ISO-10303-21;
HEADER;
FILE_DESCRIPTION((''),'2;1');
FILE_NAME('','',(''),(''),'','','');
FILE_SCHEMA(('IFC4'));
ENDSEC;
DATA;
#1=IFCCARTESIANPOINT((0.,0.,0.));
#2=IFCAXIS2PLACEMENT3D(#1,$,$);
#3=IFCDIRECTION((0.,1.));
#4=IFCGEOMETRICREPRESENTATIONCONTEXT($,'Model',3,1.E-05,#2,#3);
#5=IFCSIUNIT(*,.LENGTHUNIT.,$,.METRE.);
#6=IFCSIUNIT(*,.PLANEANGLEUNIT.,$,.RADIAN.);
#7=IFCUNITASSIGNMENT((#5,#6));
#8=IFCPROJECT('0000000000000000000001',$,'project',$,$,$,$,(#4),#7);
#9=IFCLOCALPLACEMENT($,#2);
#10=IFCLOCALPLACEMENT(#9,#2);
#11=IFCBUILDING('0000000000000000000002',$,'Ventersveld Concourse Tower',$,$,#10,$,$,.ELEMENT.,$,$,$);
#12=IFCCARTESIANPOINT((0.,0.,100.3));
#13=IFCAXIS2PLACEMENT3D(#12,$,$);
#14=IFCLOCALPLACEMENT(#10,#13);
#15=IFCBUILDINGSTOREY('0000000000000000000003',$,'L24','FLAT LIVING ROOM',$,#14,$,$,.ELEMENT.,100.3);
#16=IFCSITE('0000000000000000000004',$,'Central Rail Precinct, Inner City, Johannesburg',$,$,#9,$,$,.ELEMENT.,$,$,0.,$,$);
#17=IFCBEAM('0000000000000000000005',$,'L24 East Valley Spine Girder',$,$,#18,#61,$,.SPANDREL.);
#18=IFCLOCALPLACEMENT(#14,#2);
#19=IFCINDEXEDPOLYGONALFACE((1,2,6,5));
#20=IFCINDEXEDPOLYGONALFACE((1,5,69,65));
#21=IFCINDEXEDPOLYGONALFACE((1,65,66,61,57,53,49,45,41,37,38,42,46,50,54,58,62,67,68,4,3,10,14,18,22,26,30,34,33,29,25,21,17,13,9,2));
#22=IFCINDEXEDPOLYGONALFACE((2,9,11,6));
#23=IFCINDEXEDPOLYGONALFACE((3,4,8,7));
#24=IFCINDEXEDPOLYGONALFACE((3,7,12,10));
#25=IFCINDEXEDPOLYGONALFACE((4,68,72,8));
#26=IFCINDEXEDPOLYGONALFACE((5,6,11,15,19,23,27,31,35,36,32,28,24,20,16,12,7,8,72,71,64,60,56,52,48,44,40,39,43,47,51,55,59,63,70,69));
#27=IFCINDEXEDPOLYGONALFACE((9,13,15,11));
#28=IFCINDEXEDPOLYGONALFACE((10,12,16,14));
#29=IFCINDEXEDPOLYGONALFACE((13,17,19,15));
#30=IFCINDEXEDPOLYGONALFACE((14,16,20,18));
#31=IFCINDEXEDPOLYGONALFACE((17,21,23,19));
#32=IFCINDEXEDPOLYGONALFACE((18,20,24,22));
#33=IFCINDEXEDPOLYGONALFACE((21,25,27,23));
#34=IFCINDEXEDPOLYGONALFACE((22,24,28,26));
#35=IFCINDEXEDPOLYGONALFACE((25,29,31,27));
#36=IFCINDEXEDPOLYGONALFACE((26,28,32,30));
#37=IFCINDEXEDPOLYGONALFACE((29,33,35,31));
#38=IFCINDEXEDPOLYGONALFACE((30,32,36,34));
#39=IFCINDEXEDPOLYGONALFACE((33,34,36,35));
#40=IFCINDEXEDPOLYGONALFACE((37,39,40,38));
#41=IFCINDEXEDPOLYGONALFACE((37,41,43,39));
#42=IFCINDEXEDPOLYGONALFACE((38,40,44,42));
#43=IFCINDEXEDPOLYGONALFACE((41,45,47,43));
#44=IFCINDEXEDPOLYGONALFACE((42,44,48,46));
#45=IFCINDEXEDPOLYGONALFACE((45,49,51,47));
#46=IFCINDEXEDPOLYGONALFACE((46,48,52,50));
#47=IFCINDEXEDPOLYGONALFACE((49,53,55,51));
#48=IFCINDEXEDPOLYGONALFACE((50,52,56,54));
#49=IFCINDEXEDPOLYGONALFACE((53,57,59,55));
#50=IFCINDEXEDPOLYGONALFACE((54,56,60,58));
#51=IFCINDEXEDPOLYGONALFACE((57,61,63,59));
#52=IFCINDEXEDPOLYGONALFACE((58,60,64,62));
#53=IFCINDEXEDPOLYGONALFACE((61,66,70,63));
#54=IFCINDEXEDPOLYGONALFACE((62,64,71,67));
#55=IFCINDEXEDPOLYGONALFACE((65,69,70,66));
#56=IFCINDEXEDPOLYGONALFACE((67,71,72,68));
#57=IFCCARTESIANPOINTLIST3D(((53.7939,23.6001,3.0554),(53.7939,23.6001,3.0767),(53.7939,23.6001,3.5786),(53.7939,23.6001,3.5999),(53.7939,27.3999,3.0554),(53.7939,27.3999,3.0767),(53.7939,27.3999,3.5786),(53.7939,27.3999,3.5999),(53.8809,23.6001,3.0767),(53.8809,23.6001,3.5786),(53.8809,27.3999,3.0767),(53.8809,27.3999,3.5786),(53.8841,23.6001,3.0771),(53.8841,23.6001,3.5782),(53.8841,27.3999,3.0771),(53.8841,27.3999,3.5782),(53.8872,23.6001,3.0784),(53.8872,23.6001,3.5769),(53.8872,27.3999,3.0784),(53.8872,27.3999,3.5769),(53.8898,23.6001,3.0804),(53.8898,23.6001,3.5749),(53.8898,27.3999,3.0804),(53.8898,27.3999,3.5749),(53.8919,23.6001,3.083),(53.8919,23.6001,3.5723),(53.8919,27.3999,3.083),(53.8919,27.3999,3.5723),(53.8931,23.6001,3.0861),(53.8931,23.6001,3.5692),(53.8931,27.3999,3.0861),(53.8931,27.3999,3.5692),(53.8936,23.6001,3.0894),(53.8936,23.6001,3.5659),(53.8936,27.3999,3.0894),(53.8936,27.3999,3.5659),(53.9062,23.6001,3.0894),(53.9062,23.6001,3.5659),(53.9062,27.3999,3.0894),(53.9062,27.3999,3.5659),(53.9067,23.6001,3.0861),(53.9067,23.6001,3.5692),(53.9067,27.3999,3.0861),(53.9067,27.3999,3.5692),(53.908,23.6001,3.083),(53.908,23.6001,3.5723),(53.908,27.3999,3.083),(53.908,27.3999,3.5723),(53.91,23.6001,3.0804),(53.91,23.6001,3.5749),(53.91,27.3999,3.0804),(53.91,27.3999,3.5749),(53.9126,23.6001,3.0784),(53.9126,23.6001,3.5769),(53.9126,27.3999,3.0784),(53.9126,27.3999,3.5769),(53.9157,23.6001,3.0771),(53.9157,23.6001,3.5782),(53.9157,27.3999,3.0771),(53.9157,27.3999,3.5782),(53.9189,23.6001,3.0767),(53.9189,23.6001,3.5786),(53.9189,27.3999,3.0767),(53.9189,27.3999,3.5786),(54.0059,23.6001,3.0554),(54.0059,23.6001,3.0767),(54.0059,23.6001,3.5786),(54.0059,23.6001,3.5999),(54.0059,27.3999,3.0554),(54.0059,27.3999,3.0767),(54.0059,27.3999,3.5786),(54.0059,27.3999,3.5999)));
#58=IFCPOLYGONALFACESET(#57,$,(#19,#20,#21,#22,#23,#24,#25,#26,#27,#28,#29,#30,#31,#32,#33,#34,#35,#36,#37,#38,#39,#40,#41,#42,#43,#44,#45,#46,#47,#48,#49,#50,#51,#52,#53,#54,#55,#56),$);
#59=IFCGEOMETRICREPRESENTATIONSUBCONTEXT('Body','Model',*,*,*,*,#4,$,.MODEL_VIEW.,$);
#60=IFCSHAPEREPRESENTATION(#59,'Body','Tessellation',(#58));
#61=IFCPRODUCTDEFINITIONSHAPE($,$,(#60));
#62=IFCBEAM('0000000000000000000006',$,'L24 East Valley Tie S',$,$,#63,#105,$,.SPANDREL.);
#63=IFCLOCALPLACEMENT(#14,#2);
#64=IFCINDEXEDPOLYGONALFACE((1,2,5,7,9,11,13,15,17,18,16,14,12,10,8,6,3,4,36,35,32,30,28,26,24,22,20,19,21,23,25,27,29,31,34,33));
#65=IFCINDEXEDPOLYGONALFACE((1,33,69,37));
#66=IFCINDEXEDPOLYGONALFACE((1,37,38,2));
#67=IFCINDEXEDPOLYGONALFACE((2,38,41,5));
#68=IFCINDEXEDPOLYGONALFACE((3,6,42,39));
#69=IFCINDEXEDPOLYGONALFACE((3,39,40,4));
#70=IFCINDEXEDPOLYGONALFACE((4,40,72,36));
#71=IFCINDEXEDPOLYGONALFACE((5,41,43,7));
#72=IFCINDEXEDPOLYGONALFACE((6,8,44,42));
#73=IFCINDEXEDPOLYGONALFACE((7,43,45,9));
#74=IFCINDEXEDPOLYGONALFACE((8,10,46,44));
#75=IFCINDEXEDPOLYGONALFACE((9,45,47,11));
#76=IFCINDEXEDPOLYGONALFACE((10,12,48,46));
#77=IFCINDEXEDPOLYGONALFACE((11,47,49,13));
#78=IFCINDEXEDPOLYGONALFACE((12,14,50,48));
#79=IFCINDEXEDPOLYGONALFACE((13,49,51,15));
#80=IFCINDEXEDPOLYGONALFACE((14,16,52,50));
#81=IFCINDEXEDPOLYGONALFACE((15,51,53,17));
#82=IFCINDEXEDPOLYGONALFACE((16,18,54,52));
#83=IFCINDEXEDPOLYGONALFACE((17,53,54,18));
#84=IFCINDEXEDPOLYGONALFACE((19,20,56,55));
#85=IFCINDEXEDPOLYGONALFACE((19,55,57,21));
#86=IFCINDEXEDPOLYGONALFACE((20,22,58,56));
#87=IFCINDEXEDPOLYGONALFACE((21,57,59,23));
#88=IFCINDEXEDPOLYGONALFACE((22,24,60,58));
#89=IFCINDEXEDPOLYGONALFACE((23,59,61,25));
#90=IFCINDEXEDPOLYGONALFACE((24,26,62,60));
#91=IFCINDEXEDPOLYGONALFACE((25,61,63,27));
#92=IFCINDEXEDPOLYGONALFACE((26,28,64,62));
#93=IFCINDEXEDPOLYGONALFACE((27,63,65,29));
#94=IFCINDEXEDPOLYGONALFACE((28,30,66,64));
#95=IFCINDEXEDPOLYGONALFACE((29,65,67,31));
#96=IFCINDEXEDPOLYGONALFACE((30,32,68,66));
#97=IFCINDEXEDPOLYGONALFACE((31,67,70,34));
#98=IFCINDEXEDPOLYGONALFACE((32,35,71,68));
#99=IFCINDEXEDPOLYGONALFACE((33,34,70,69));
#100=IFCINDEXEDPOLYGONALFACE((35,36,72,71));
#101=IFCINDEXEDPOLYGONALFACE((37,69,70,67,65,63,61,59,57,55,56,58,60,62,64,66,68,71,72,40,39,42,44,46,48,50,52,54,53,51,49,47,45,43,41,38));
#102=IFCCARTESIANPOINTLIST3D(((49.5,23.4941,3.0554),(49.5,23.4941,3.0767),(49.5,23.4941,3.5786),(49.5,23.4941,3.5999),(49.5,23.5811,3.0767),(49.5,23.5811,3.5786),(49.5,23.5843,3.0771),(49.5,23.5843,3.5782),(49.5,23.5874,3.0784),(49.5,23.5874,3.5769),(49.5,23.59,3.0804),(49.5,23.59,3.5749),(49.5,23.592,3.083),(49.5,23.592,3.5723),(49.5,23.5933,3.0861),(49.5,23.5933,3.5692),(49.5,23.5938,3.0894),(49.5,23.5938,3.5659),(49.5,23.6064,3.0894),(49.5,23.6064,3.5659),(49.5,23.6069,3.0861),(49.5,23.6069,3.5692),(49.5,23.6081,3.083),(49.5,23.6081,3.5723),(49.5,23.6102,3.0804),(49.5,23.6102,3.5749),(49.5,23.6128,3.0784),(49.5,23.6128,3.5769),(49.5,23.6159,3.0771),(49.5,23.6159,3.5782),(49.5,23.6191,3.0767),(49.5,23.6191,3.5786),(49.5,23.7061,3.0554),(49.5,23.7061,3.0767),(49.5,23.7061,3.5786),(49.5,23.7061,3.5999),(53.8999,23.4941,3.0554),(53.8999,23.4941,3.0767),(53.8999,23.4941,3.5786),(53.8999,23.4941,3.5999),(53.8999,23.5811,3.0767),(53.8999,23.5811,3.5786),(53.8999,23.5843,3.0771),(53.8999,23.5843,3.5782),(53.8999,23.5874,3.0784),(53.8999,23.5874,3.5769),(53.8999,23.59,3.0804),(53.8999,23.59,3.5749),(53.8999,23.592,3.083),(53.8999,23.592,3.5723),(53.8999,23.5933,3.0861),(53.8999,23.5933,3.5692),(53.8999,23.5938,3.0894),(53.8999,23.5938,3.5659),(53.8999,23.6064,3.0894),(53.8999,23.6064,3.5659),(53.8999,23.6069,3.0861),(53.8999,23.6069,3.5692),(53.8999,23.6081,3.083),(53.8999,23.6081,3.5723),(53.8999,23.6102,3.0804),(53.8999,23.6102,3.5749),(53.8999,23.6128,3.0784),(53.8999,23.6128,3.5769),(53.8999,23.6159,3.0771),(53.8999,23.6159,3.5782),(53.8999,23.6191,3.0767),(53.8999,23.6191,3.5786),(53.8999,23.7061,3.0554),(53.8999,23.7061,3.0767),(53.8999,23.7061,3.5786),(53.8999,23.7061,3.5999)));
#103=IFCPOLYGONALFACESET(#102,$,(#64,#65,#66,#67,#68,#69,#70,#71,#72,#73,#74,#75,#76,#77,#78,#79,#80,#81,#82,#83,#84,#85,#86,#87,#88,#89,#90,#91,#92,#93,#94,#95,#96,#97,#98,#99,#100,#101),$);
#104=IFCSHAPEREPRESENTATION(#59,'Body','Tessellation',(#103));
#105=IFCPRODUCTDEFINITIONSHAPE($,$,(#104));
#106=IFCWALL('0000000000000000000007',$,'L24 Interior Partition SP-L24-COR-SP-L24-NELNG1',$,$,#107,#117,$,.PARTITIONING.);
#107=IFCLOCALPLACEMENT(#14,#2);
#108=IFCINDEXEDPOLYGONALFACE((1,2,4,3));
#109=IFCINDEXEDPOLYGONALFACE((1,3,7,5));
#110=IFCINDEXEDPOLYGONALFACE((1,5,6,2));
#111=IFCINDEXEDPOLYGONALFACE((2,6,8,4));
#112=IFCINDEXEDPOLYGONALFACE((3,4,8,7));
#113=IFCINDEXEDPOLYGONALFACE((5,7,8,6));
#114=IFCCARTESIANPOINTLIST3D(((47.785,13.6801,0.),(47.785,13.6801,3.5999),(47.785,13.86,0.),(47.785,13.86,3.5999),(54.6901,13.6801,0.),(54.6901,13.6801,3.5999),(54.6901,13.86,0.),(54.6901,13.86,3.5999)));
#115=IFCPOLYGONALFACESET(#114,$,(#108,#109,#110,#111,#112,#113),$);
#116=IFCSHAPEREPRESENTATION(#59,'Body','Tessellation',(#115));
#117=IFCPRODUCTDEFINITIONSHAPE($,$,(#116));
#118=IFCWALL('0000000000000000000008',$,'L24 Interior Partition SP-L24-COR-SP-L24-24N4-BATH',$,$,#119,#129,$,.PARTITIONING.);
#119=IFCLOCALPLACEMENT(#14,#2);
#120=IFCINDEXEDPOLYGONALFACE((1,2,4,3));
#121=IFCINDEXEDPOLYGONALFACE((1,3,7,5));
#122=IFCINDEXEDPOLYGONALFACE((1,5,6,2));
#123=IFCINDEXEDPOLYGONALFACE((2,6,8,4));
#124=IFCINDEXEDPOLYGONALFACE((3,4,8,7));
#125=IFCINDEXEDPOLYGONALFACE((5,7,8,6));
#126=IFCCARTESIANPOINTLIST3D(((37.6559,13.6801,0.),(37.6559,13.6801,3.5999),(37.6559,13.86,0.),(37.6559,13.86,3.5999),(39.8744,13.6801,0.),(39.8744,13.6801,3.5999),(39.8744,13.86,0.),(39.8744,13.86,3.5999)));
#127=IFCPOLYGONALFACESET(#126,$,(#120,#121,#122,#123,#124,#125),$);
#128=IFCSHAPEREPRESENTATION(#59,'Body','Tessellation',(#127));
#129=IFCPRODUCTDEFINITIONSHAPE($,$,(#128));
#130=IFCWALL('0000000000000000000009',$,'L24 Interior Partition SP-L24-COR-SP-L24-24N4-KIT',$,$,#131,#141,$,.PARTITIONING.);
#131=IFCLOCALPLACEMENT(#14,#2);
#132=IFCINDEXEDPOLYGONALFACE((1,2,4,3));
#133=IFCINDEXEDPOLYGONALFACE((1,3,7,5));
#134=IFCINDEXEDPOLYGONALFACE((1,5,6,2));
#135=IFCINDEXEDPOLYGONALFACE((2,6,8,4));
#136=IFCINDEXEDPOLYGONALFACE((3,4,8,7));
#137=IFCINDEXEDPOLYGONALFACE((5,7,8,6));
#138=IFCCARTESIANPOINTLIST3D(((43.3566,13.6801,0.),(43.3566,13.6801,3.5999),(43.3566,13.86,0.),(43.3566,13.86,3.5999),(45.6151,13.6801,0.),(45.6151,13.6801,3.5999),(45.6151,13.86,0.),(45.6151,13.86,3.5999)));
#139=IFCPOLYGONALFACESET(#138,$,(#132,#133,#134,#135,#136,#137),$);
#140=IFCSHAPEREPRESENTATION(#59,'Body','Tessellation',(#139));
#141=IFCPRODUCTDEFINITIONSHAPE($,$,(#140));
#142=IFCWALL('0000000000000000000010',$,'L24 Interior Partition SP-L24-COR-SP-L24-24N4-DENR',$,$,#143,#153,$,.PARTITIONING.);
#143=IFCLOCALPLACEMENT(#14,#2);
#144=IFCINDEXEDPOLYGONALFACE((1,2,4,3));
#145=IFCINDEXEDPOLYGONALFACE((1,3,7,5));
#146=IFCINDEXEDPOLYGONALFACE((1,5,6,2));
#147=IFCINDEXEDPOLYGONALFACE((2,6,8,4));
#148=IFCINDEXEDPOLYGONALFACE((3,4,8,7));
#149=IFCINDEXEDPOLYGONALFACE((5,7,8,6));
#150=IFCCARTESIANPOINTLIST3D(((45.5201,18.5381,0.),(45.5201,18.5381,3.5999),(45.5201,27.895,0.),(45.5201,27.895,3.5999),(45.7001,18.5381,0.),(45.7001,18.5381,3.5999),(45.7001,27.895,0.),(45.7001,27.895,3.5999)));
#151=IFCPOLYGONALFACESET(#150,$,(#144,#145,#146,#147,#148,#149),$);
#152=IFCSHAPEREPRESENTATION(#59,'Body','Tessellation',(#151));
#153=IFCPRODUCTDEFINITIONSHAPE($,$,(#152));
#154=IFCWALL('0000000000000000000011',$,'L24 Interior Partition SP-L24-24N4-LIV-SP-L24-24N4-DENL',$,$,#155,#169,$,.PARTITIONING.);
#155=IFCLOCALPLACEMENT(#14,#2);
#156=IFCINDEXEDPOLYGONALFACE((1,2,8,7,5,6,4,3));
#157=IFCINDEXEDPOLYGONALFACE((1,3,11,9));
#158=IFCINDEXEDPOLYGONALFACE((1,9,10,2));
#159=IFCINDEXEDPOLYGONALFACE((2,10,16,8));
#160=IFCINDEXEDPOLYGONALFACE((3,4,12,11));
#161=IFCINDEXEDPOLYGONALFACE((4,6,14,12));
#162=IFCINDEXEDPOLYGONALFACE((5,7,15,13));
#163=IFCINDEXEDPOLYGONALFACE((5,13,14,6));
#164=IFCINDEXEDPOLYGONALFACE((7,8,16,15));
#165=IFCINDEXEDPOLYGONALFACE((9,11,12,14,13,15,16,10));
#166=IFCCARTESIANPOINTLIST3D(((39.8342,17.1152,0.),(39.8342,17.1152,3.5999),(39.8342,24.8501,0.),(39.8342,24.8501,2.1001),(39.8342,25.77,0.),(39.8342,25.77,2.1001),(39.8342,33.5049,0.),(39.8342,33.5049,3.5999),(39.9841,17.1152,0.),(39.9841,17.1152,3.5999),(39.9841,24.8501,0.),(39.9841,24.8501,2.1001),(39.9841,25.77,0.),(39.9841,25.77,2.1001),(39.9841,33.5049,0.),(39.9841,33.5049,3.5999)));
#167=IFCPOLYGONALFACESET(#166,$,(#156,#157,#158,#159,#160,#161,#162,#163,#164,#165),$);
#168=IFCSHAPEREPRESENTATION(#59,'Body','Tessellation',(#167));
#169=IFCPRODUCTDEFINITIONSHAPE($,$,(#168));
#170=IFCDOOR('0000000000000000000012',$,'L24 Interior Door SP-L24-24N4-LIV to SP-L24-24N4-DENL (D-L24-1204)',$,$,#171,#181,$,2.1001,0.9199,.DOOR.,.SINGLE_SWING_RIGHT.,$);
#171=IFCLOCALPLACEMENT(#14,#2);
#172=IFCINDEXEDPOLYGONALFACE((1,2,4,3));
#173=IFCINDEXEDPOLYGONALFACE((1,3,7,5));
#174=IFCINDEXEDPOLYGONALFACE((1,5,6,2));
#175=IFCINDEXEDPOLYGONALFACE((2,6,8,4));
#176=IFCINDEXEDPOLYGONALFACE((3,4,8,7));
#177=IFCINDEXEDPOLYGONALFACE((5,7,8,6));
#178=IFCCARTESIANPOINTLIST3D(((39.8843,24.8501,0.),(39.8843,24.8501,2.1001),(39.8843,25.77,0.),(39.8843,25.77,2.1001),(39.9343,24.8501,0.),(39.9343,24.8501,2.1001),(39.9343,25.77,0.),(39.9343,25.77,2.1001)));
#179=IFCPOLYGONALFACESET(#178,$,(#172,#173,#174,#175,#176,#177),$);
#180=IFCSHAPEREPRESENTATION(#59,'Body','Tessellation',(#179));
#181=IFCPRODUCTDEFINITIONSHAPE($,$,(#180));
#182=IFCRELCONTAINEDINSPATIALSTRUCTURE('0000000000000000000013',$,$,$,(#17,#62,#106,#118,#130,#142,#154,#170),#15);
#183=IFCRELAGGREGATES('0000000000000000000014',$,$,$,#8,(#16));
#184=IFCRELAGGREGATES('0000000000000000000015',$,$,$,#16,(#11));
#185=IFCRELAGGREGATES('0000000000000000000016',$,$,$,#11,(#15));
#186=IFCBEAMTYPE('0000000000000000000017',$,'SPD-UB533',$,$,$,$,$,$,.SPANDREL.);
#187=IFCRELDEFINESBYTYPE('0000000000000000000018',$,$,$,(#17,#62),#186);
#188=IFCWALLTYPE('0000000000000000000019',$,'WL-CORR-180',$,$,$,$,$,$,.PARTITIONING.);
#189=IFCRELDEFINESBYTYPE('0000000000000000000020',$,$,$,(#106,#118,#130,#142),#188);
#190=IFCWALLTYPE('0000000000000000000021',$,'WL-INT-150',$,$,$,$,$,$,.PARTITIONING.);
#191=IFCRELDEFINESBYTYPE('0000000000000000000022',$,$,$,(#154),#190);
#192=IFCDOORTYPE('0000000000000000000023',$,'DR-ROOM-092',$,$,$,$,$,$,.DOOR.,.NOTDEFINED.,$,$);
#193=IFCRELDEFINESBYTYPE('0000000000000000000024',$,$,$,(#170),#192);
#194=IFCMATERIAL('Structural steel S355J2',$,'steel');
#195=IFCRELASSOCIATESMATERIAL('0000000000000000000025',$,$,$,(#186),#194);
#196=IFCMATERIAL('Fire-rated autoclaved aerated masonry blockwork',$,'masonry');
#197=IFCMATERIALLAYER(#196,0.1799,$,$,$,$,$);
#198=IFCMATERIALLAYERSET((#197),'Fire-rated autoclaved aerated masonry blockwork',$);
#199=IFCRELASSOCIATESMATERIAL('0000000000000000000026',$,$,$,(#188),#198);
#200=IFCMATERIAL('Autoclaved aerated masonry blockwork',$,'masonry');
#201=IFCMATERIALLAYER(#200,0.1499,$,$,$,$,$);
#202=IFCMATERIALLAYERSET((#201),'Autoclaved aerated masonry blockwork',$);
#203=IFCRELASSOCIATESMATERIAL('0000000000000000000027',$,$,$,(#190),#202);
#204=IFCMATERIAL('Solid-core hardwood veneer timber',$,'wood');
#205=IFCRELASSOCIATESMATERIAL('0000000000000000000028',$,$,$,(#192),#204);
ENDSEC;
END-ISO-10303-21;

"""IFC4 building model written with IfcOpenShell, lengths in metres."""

from ifc_helpers import new_model, si_unit, direction, frame, frame_2d, origin, origin_2d, place, context, subcontext, project, spatial, rectangle, i_section, extrude, material, layer, layer_set, material_profile, profile_set, type_object, element, fill, save


model = new_model("IFC4")

# Units and contexts
model_context = context("Model", 3, precision=1e-05, world=origin(), true_north=direction((0.0, 1.0)))
body_context = subcontext(model_context, "Body", "Model", "MODEL_VIEW")
ifc_project = project(units=[si_unit("LENGTHUNIT", "METRE"), si_unit("PLANEANGLEUNIT", "RADIAN")], contexts=[model_context])

# Site, building, storey
site_placement = place(None, origin())
site = spatial("IfcSite", under=ifc_project, at=site_placement, Name="Central Rail Precinct, Inner City, Johannesburg", CompositionType="ELEMENT", RefElevation=0.0)
building_placement = place(site_placement, origin())
building = spatial("IfcBuilding", under=site, at=building_placement, Name="Ventersveld Concourse Tower", CompositionType="ELEMENT")
storey_placement = place(building_placement, frame((0.0, 0.0, 100.3)))
storey = spatial("IfcBuildingStorey", under=building, at=storey_placement, Name="L24", Description="FLAT LIVING ROOM", CompositionType="ELEMENT", Elevation=100.3)

# Beams
ifc_material_1 = material(Name="Structural steel S355J2", Category="steel")
ifc_material_profile_1 = material_profile(ifc_material_1, i_section(OverallWidth=0.2119, OverallDepth=0.5444, WebThickness=0.0127, FlangeThickness=0.0212, FilletRadius=0.0127, at=origin_2d()), Name="UB 533x210x122")
ifc_profile_set_1 = profile_set([ifc_material_profile_1], Name="Structural steel S355J2")
beam_type_1 = type_object("IfcBeamType", Name="SPD-UB533", PredefinedType="SPANDREL", material=ifc_profile_set_1)
beam_1_placement = place(storey_placement, frame((53.8999, 23.6001, 3.3276), z_axis=(0.0, 1.0, 0.0), x_axis=(-1.0, 0.0, 0.0)))
element("IfcBeam", 1, at=beam_1_placement, inside=storey, type_object=beam_type_1, Name="L24 East Valley Spine Girder", PredefinedType="SPANDREL", context=body_context, shape_type="SweptSolid", body=[
    extrude(i_section(OverallWidth=0.2119, OverallDepth=0.5444, WebThickness=0.0127, FlangeThickness=0.0212, FilletRadius=0.0127, at=origin_2d()), origin(), (0.0, 0.0, 1.0), 3.7998),
])
beam_2_placement = place(storey_placement, frame((49.5, 23.6001, 3.3276), z_axis=(1.0, 0.0, 0.0), x_axis=(0.0, 1.0, 0.0)))
element("IfcBeam", 2, at=beam_2_placement, inside=storey, type_object=beam_type_1, Name="L24 East Valley Tie S", PredefinedType="SPANDREL", context=body_context, shape_type="SweptSolid", body=[
    extrude(i_section(OverallWidth=0.2119, OverallDepth=0.5444, WebThickness=0.0127, FlangeThickness=0.0212, FilletRadius=0.0127, at=origin_2d()), origin(), (0.0, 0.0, 1.0), 4.3999),
])

# Wall
ifc_material_2 = material(Name="Fire-rated autoclaved aerated masonry blockwork", Category="masonry")
ifc_layer_1 = layer(ifc_material_2, 0.1799)
ifc_layer_set_1 = layer_set([ifc_layer_1], Name="Fire-rated autoclaved aerated masonry blockwork")
wall_type_1 = type_object("IfcWallType", Name="WL-CORR-180", PredefinedType="PARTITIONING", material=ifc_layer_set_1)
wall_1_placement = place(storey_placement, frame((47.7849, 13.77, 0.0), z_axis=(0.0, 0.0, 1.0), x_axis=(1.0, 0.0, 0.0)))
element("IfcWall", 3, at=wall_1_placement, inside=storey, type_object=wall_type_1, Name="L24 Interior Partition SP-L24-COR-SP-L24-NELNG1", PredefinedType="PARTITIONING", context=body_context, shape_type="SweptSolid", body=[
    extrude(rectangle(XDim=6.905, YDim=0.1799, at=frame_2d((3.4526, 0.0))), origin(), (0.0, 0.0, 1.0), 3.5999),
])

# Shared definitions
ifc_material_3 = material(Name="Solid-core hardwood veneer timber", Category="wood")

# Walls
wall_2_placement = place(storey_placement, frame((37.6558, 13.77, 0.0), z_axis=(0.0, 0.0, 1.0), x_axis=(1.0, 0.0, 0.0)))
element("IfcWall", 4, at=wall_2_placement, inside=storey, type_object=wall_type_1, Name="L24 Interior Partition SP-L24-COR-SP-L24-24N4-BATH", PredefinedType="PARTITIONING", context=body_context, shape_type="SweptSolid", body=[
    extrude(rectangle(XDim=2.2185, YDim=0.1799, at=frame_2d((1.1094, 0.0))), origin(), (0.0, 0.0, 1.0), 3.5999),
])
wall_3_placement = place(storey_placement, frame((43.3564, 13.77, 0.0), z_axis=(0.0, 0.0, 1.0), x_axis=(1.0, 0.0, 0.0)))
element("IfcWall", 5, at=wall_3_placement, inside=storey, type_object=wall_type_1, Name="L24 Interior Partition SP-L24-COR-SP-L24-24N4-KIT", PredefinedType="PARTITIONING", context=body_context, shape_type="SweptSolid", body=[
    extrude(rectangle(XDim=2.2585, YDim=0.1799, at=frame_2d((1.1294, 0.0))), origin(), (0.0, 0.0, 1.0), 3.5999),
])
wall_4_placement = place(storey_placement, frame((45.6101, 18.5381, 0.0), z_axis=(0.0, 0.0, 1.0), x_axis=(0.0, 1.0, 0.0)))
element("IfcWall", 6, at=wall_4_placement, inside=storey, type_object=wall_type_1, Name="L24 Interior Partition SP-L24-COR-SP-L24-24N4-DENR", PredefinedType="PARTITIONING", context=body_context, shape_type="SweptSolid", body=[
    extrude(rectangle(XDim=9.3569, YDim=0.1799, at=frame_2d((4.6785, 0.0))), origin(), (0.0, 0.0, 1.0), 3.5999),
])

# Wall, opening, door
ifc_material_4 = material(Name="Autoclaved aerated masonry blockwork", Category="masonry")
ifc_layer_2 = layer(ifc_material_4, 0.1499)
ifc_layer_set_2 = layer_set([ifc_layer_2], Name="Autoclaved aerated masonry blockwork")
wall_type_2 = type_object("IfcWallType", Name="WL-INT-150", PredefinedType="PARTITIONING", material=ifc_layer_set_2)
wall_5_placement = place(storey_placement, frame((39.9092, 17.1152, 0.0), z_axis=(0.0, 0.0, 1.0), x_axis=(0.0, 1.0, 0.0)))
wall_5 = element("IfcWall", 7, at=wall_5_placement, inside=storey, type_object=wall_type_2, Name="L24 Interior Partition SP-L24-24N4-LIV-SP-L24-24N4-DENL", PredefinedType="PARTITIONING", context=body_context, shape_type="SweptSolid", body=[
    extrude(rectangle(XDim=16.3896, YDim=0.1499, at=frame_2d((8.1948, 0.0))), origin(), (0.0, 0.0, 1.0), 3.5999),
])
opening_1_placement = place(wall_5_placement, frame((7.7349, 0.0, 0.0)))
opening_1 = element("IfcOpeningElement", 8, at=opening_1_placement, cuts=wall_5, PredefinedType="OPENING", context=body_context, shape_type="SweptSolid", body=[
    extrude(rectangle(XDim=0.9199, YDim=2.1001, at=frame_2d((0.46, 1.05))), frame((0.0, 0.085, 0.0), z_axis=(0.0, -1.0, 0.0), x_axis=(1.0, 0.0, 0.0)), (0.0, 0.0, 1.0), 0.1699),
])
door_type_1 = type_object("IfcDoorType", Name="DR-ROOM-092", OperationType="NOTDEFINED", PredefinedType="DOOR", material=ifc_material_3)
door_1_placement = place(opening_1_placement, origin())
door_1 = element("IfcDoor", 9, at=door_1_placement, inside=storey, type_object=door_type_1, Name="L24 Interior Door SP-L24-24N4-LIV to SP-L24-24N4-DENL (D-L24-1204)", OperationType="SINGLE_SWING_RIGHT", OverallHeight=2.1001, OverallWidth=0.9199, PredefinedType="DOOR", context=body_context, shape_type="SweptSolid", body=[
    extrude(rectangle(XDim=0.9199, YDim=2.1001, at=frame_2d((0.46, 1.05))), frame((0.0, 0.0249, 0.0), z_axis=(0.0, -1.0, 0.0), x_axis=(1.0, 0.0, 0.0)), (0.0, 0.0, 1.0), 0.05),
])
fill(opening_1, door_1)

save(model, "model.ifc")
